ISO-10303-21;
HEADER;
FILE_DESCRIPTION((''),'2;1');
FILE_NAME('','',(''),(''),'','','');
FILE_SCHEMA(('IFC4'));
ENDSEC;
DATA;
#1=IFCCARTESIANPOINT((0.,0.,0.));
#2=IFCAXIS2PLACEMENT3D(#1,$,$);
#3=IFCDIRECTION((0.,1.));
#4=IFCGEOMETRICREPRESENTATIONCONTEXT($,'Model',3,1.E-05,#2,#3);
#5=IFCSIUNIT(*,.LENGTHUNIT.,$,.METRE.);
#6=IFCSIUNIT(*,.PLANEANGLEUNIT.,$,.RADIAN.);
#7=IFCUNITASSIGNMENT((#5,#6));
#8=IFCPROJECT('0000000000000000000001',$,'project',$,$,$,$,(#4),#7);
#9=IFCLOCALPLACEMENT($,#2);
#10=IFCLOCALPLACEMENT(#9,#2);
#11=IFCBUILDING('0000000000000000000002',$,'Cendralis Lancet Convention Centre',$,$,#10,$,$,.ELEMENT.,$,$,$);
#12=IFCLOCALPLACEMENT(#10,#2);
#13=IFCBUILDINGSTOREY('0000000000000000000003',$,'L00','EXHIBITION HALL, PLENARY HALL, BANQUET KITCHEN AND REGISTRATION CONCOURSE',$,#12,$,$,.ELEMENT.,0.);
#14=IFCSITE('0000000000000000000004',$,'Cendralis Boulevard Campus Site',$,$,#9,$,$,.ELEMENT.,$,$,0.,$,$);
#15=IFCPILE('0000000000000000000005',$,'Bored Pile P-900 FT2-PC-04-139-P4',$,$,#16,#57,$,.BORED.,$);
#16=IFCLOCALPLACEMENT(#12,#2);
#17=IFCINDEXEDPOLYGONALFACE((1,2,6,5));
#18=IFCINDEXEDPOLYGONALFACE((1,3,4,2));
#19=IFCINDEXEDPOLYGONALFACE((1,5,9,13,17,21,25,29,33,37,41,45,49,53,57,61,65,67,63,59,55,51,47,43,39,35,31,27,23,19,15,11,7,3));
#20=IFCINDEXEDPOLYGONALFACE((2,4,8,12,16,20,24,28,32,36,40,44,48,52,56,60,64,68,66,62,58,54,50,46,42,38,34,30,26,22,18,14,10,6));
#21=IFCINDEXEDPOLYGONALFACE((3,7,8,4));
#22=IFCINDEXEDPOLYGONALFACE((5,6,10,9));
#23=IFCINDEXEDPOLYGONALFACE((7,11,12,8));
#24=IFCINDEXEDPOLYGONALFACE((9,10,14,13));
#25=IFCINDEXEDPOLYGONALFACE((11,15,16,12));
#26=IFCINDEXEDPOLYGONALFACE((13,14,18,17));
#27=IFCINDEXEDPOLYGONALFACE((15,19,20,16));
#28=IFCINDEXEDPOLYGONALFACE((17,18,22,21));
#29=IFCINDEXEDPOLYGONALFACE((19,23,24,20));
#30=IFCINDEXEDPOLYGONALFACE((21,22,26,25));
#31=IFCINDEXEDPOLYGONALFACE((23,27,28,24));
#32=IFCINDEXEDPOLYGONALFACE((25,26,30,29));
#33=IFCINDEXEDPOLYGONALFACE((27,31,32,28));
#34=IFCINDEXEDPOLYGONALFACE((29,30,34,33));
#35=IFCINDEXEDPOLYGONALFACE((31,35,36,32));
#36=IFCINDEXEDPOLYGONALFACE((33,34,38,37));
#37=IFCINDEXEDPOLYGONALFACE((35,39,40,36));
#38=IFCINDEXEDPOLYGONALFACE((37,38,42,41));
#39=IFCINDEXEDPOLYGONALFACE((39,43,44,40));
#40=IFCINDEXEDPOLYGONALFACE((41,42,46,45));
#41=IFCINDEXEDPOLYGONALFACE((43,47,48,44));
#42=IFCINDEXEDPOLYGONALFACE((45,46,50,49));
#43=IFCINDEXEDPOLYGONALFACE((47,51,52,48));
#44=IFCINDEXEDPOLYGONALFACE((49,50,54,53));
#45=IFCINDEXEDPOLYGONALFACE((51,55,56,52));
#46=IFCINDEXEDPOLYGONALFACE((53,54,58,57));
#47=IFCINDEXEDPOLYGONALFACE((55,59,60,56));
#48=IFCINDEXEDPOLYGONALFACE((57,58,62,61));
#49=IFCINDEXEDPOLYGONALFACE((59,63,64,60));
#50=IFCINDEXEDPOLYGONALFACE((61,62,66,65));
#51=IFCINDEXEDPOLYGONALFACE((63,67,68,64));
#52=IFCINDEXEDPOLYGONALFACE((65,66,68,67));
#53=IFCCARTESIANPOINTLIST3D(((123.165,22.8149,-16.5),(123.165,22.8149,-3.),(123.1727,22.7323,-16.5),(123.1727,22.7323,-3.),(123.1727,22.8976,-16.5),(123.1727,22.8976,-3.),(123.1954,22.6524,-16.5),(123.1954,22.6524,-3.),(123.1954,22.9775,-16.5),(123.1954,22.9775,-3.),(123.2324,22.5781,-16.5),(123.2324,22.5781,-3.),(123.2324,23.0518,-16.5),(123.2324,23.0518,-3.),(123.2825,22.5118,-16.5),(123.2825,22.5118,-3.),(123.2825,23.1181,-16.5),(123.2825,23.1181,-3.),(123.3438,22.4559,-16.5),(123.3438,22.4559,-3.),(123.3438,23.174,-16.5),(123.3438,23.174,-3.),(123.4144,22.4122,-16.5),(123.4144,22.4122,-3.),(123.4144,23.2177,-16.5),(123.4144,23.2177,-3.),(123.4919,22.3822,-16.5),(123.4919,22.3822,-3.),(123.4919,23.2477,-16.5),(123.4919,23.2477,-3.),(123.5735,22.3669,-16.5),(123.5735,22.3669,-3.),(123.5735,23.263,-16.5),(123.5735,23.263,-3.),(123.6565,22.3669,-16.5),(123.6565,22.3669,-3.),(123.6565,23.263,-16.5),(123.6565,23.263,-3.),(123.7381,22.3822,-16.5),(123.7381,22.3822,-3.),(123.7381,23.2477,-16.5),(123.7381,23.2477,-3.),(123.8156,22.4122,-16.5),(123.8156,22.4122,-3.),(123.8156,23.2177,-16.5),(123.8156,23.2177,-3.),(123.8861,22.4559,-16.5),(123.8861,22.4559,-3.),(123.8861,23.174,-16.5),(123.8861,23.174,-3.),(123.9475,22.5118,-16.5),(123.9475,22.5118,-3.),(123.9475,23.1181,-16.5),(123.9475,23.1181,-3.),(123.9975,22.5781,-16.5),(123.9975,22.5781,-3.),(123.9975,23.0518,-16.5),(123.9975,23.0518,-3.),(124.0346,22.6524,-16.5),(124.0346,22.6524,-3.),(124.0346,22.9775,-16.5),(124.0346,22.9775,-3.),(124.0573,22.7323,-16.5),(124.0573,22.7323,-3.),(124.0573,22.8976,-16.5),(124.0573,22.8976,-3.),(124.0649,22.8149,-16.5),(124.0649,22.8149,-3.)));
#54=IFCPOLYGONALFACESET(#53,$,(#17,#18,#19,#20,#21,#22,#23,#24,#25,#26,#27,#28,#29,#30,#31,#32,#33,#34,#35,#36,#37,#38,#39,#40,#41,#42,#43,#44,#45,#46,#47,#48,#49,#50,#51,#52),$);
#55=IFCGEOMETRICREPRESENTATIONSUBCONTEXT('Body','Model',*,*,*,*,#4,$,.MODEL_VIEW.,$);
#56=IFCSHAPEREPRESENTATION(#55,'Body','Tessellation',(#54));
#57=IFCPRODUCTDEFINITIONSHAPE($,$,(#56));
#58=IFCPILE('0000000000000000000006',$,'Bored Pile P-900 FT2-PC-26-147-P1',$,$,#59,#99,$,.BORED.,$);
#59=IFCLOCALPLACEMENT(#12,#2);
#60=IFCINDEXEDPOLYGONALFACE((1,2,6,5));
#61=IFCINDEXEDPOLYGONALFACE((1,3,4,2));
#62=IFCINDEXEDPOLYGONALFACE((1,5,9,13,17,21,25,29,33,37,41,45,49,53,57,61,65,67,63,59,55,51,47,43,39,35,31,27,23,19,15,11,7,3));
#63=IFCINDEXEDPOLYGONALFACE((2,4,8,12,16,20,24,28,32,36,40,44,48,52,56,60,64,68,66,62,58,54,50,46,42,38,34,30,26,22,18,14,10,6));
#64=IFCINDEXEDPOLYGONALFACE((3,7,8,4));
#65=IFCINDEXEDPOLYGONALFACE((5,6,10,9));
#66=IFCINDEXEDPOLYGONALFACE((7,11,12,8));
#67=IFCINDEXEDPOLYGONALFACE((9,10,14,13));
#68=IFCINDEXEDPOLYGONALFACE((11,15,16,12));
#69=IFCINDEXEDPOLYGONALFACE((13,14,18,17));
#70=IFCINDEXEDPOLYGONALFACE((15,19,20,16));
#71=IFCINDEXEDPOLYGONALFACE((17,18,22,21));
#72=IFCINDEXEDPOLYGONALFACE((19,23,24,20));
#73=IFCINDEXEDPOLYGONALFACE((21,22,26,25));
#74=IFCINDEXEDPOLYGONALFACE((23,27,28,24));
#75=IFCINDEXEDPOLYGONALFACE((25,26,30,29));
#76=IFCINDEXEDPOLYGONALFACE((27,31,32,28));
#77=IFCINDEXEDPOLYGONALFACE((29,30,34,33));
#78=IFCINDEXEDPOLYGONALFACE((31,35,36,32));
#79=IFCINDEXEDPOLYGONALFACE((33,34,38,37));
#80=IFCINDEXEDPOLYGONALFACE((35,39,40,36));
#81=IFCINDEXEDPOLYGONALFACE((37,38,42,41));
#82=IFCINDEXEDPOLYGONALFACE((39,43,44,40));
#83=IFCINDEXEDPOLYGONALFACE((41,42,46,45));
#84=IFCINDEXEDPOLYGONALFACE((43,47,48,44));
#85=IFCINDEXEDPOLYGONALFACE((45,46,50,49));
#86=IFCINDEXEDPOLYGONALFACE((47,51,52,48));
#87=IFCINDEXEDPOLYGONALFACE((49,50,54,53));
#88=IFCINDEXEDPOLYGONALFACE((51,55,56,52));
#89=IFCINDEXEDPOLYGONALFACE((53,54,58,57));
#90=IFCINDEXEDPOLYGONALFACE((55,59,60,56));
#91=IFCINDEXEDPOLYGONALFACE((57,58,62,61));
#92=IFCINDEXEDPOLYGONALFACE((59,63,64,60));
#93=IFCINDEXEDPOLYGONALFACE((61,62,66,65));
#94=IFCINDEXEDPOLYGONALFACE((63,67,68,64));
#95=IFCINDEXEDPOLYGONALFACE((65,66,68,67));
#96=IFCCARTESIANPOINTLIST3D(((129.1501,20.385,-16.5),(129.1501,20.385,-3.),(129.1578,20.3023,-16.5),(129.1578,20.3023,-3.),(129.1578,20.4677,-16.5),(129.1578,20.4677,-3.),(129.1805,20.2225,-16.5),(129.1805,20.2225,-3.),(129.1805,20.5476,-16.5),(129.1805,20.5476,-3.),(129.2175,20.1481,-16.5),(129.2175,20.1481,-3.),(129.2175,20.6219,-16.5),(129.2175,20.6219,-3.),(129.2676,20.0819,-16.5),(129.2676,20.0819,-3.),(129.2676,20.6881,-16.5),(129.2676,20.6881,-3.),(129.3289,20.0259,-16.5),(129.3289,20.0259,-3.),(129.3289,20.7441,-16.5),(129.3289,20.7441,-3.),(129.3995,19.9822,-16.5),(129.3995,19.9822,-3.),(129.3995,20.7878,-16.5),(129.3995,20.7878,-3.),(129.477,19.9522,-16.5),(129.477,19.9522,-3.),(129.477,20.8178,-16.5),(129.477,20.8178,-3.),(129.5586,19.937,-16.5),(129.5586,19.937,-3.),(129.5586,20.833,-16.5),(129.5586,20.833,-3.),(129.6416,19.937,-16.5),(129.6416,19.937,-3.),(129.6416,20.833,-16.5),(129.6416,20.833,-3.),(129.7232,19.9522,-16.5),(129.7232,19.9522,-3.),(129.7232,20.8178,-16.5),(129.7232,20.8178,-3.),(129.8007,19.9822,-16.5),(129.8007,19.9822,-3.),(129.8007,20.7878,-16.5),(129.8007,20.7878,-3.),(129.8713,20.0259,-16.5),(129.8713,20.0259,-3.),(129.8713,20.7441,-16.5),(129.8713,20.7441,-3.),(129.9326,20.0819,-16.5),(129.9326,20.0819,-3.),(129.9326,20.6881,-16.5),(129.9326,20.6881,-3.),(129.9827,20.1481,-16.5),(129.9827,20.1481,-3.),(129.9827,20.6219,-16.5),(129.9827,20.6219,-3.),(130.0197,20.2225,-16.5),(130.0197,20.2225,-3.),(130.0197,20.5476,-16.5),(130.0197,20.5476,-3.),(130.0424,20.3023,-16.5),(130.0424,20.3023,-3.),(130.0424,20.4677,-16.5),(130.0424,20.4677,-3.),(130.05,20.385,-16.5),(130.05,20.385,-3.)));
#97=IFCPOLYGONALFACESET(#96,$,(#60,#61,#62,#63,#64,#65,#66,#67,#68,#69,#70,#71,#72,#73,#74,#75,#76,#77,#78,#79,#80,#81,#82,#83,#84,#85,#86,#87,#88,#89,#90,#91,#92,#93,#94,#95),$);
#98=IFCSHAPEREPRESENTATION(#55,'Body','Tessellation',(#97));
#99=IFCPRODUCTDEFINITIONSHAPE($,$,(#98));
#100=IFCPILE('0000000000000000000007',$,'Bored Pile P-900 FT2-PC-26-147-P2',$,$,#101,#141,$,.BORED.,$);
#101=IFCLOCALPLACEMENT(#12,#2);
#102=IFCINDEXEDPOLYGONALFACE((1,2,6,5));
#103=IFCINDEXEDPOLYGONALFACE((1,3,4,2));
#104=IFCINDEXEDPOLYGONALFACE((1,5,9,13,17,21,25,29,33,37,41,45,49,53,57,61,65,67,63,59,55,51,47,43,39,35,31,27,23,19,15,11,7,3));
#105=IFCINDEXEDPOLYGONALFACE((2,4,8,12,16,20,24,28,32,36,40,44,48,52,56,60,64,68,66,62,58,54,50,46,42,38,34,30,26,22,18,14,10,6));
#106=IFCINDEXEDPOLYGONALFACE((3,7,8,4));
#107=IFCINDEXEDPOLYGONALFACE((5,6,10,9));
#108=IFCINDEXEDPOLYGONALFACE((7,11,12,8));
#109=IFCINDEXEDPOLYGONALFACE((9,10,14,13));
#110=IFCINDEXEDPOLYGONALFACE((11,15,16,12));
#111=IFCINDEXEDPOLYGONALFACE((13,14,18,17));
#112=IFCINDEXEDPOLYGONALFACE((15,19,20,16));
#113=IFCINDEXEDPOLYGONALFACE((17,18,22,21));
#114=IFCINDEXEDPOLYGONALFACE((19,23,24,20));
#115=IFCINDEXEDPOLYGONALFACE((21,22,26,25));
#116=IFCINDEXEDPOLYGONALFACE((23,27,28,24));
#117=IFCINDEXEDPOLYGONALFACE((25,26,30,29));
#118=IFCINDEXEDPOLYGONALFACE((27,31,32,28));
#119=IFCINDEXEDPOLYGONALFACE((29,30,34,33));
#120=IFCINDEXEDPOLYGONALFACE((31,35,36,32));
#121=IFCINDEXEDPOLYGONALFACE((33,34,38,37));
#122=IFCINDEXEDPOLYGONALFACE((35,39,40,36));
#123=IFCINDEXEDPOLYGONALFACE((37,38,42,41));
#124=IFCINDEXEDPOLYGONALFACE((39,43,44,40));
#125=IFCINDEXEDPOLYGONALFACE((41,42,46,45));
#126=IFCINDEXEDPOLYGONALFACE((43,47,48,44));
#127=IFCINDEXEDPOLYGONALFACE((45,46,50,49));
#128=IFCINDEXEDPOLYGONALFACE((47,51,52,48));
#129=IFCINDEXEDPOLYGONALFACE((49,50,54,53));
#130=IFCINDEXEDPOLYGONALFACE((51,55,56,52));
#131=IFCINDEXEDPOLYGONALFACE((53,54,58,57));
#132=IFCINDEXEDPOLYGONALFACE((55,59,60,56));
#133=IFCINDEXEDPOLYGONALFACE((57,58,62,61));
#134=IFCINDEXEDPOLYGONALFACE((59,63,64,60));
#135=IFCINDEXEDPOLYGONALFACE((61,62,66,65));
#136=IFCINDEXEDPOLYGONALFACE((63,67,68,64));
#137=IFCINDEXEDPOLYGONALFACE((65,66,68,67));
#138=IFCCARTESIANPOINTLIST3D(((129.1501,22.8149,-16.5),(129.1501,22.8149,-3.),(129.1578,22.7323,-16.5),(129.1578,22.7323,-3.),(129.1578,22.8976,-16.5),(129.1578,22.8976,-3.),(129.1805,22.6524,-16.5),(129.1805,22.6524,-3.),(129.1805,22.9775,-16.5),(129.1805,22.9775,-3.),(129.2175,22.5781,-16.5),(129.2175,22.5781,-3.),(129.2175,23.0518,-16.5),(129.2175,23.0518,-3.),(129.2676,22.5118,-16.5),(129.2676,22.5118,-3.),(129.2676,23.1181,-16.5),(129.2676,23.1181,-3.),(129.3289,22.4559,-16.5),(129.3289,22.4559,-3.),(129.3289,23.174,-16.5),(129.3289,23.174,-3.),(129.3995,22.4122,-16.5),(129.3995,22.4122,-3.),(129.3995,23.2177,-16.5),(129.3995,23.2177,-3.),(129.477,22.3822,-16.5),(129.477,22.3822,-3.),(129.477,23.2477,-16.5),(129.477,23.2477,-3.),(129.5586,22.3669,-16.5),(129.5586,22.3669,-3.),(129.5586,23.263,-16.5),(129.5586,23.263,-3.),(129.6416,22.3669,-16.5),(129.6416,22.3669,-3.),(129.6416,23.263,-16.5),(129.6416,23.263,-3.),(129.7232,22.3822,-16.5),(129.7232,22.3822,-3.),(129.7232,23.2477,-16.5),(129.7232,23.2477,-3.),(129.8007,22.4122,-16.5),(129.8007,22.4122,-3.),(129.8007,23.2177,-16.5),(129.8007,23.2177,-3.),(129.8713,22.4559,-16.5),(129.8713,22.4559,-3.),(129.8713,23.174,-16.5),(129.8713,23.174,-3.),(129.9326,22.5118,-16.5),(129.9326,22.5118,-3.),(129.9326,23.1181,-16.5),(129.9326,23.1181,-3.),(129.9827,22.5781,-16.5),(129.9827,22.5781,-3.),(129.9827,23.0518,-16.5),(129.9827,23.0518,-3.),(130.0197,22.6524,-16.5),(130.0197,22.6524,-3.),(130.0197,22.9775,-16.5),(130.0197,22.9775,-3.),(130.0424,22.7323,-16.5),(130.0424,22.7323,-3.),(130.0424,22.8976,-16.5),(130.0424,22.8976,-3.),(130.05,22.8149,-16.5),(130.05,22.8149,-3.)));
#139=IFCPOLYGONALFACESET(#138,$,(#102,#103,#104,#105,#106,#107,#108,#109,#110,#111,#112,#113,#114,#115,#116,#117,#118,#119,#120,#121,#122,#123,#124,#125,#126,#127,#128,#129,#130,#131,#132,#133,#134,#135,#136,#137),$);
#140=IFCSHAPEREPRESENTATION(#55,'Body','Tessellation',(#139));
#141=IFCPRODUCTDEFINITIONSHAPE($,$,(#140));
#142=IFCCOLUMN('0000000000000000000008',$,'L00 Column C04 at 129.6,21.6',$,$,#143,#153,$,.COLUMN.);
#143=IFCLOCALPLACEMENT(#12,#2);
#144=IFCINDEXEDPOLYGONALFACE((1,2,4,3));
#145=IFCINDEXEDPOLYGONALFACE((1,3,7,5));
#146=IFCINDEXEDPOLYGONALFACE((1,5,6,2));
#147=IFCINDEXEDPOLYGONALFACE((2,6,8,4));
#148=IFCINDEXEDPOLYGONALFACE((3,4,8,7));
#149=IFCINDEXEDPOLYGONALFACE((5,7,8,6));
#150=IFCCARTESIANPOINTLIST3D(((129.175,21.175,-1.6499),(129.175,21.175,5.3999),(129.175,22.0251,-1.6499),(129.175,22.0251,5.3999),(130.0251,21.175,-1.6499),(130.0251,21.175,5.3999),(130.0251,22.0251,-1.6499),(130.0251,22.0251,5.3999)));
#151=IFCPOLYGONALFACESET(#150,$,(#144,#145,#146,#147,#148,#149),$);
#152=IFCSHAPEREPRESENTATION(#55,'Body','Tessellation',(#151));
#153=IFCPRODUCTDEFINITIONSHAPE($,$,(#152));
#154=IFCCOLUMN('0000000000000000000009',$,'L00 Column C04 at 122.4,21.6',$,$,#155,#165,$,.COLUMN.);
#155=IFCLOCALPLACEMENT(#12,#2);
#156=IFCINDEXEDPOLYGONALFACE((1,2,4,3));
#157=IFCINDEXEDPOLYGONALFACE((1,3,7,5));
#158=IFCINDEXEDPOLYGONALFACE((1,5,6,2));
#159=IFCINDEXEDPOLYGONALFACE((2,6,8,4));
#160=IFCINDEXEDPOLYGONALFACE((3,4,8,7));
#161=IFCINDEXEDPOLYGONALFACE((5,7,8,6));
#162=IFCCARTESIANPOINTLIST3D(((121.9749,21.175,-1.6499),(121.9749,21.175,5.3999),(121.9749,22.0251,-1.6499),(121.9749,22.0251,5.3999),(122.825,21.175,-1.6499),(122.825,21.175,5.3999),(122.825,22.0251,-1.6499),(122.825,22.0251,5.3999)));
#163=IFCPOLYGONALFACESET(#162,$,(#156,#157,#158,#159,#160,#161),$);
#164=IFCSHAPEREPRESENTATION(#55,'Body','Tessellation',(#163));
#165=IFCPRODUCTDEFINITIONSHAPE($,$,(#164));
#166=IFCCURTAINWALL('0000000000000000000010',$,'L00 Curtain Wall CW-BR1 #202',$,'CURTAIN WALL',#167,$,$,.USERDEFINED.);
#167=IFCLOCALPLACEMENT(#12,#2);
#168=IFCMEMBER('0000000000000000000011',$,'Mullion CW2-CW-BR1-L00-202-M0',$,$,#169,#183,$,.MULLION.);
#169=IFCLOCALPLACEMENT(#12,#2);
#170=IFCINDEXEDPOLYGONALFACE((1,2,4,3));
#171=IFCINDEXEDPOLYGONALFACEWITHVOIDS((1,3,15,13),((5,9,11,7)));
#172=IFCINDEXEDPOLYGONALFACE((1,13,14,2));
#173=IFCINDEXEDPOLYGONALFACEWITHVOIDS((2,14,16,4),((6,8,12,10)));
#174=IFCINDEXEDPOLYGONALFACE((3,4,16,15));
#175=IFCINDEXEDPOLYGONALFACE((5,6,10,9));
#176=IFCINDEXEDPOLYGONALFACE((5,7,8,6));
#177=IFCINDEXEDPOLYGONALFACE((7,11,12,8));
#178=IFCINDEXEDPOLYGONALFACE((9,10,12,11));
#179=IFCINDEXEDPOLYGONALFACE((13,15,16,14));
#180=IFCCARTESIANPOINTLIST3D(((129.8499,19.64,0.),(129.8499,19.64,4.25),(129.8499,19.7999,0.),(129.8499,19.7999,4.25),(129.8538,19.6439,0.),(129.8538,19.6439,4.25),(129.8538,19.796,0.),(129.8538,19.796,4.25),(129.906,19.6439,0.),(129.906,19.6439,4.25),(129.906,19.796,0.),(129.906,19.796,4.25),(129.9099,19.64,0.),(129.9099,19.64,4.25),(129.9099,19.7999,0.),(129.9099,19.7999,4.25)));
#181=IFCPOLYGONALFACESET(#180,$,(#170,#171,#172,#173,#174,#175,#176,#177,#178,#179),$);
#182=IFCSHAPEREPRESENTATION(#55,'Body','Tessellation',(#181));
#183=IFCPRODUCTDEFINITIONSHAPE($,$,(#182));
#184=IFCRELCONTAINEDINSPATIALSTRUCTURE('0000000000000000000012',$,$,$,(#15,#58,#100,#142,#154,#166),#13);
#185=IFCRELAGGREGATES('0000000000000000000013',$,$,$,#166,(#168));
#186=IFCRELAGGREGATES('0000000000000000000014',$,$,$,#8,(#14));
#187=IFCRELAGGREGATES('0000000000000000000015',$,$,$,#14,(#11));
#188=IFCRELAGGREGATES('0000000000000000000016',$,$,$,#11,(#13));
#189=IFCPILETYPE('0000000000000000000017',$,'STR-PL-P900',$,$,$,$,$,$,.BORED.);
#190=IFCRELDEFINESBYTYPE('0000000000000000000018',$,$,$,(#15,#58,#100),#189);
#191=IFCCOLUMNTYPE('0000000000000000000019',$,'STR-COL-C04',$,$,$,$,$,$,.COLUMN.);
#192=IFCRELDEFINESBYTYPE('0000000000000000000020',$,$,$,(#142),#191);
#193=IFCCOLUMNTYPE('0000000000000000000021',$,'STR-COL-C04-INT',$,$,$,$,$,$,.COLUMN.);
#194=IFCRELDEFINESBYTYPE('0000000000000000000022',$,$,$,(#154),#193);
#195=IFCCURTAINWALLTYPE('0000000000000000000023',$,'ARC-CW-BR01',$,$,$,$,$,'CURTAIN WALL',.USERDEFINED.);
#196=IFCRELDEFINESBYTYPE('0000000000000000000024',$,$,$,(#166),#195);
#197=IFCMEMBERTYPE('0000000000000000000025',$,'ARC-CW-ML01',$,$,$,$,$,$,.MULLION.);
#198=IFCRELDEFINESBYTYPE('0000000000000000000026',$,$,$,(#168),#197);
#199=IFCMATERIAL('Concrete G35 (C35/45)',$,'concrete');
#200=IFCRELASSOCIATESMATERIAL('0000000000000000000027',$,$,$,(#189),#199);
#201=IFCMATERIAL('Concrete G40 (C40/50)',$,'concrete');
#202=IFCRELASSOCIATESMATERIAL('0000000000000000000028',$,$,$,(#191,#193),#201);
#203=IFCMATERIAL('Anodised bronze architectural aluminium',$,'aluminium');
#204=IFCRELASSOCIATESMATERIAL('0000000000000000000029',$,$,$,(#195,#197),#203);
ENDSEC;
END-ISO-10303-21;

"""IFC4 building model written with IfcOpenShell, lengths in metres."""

from ifc_helpers import new_model, si_unit, direction, frame, origin, origin_2d, place, context, subcontext, project, spatial, rectangle, hollow_rectangle, circle, extrude, material, material_profile, profile_set, type_object, element, aggregate, save


model = new_model("IFC4")

# Units and contexts
model_context = context("Model", 3, precision=1e-05, world=origin(), true_north=direction((0.0, 1.0)))
body_context = subcontext(model_context, "Body", "Model", "MODEL_VIEW")
ifc_project = project(units=[si_unit("LENGTHUNIT", "METRE"), si_unit("PLANEANGLEUNIT", "RADIAN")], contexts=[model_context])

# Site, building, storey
site_placement = place(None, origin())
site = spatial("IfcSite", under=ifc_project, at=site_placement, Name="Cendralis Boulevard Campus Site", CompositionType="ELEMENT", RefElevation=0.0)
building_placement = place(site_placement, origin())
building = spatial("IfcBuilding", under=site, at=building_placement, Name="Cendralis Lancet Convention Centre", CompositionType="ELEMENT")
storey_placement = place(building_placement, origin())
storey = spatial("IfcBuildingStorey", under=building, at=storey_placement, Name="L00", Description="EXHIBITION HALL, PLENARY HALL, BANQUET KITCHEN AND REGISTRATION CONCOURSE", CompositionType="ELEMENT", Elevation=0.0)

# Shared definitions
ifc_material_1 = material(Name="Concrete G35 (C35/45)", Category="concrete")

# Piles
ifc_material_profile_1 = material_profile(ifc_material_1, circle(Radius=0.45, at=origin_2d()), Name="BORED PILE D900")
ifc_profile_set_1 = profile_set([ifc_material_profile_1], Name="Concrete G35 (C35/45)")
pile_type = type_object("IfcPileType", Name="STR-PL-P900", PredefinedType="BORED", material=ifc_profile_set_1)
for number, where, z_axis, x_axis, name in (
    (1, (123.615, 22.8149, -3.0), (0.0, 0.0, -1.0), (1.0, 0.0, 0.0), "Bored Pile P-900 FT2-PC-04-139-P4"),
    (2, (129.6001, 20.385, -3.0), (0.0, 0.0, -1.0), (1.0, 0.0, 0.0), "Bored Pile P-900 FT2-PC-26-147-P1"),
    (3, (129.6001, 22.8149, -3.0), (0.0, 0.0, -1.0), (1.0, 0.0, 0.0), "Bored Pile P-900 FT2-PC-26-147-P2"),
):
    element("IfcPile", number, at=place(storey_placement, frame(where, z_axis=z_axis, x_axis=x_axis)), inside=storey, type_object=pile_type, Name=name, PredefinedType="BORED", context=body_context, shape_type="SweptSolid", body=[
        extrude(circle(Radius=0.45, at=origin_2d()), origin(), (0.0, 0.0, 1.0), 13.5),
    ])

# Columns
ifc_material_2 = material(Name="Concrete G40 (C40/50)", Category="concrete")
ifc_material_profile_2 = material_profile(ifc_material_2, rectangle(XDim=0.8501, YDim=0.8501, at=origin_2d()), Name="RC 850x850")
ifc_profile_set_2 = profile_set([ifc_material_profile_2], Name="Concrete G40 (C40/50)")
column_type_1 = type_object("IfcColumnType", Name="STR-COL-C04", PredefinedType="COLUMN", material=ifc_profile_set_2)
column_1_placement = place(storey_placement, frame((129.6001, 21.6001, -1.6499), z_axis=(0.0, 0.0, 1.0), x_axis=(1.0, 0.0, 0.0)))
element("IfcColumn", 4, at=column_1_placement, inside=storey, type_object=column_type_1, Name="L00 Column C04 at 129.6,21.6", PredefinedType="COLUMN", context=body_context, shape_type="SweptSolid", body=[
    extrude(rectangle(XDim=0.8501, YDim=0.8501, at=origin_2d()), origin(), (0.0, 0.0, 1.0), 7.0498),
])
ifc_material_profile_3 = material_profile(ifc_material_2, rectangle(XDim=0.8501, YDim=0.8501, at=origin_2d()), Name="RC 850x850")
ifc_profile_set_3 = profile_set([ifc_material_profile_3], Name="Concrete G40 (C40/50)")
column_type_2 = type_object("IfcColumnType", Name="STR-COL-C04-INT", PredefinedType="COLUMN", material=ifc_profile_set_3)
column_2_placement = place(storey_placement, frame((122.3999, 21.6001, -1.6499), z_axis=(0.0, 0.0, 1.0), x_axis=(1.0, 0.0, 0.0)))
element("IfcColumn", 5, at=column_2_placement, inside=storey, type_object=column_type_2, Name="L00 Column C04 at 122.4,21.6", PredefinedType="COLUMN", context=body_context, shape_type="SweptSolid", body=[
    extrude(rectangle(XDim=0.8501, YDim=0.8501, at=origin_2d()), origin(), (0.0, 0.0, 1.0), 7.0498),
])

# Curtain wall, member
ifc_material_3 = material(Name="Anodised bronze architectural aluminium", Category="aluminium")
curtain_wall_type = type_object("IfcCurtainWallType", Name="ARC-CW-BR01", ElementType="CURTAIN WALL", PredefinedType="USERDEFINED", material=ifc_material_3)
curtain_wall_placement = place(storey_placement, origin())
curtain_wall = element("IfcCurtainWall", 6, at=curtain_wall_placement, inside=storey, type_object=curtain_wall_type, Name="L00 Curtain Wall CW-BR1 #202", ObjectType="CURTAIN WALL", PredefinedType="USERDEFINED")
ifc_material_profile_4 = material_profile(ifc_material_3, hollow_rectangle(XDim=0.0601, YDim=0.1599, WallThickness=0.0039, at=origin_2d()), Name="AL-MULL 60x160x4.0")
ifc_profile_set_4 = profile_set([ifc_material_profile_4], Name="Anodised bronze architectural aluminium")
member_type_1 = type_object("IfcMemberType", Name="ARC-CW-ML01", PredefinedType="MULLION", material=ifc_profile_set_4)
member_1_placement = place(storey_placement, frame((129.8799, 19.72, 0.0), z_axis=(0.0, 0.0, 1.0), x_axis=(1.0, 0.0, 0.0)))
member_1 = element("IfcMember", 7, at=member_1_placement, type_object=member_type_1, Name="Mullion CW2-CW-BR1-L00-202-M0", PredefinedType="MULLION", context=body_context, shape_type="SweptSolid", body=[
    extrude(hollow_rectangle(XDim=0.0601, YDim=0.1599, WallThickness=0.0039, at=origin_2d()), origin(), (0.0, 0.0, 1.0), 4.25),
])

aggregate(curtain_wall, [member_1])

save(model, "model.ifc")
